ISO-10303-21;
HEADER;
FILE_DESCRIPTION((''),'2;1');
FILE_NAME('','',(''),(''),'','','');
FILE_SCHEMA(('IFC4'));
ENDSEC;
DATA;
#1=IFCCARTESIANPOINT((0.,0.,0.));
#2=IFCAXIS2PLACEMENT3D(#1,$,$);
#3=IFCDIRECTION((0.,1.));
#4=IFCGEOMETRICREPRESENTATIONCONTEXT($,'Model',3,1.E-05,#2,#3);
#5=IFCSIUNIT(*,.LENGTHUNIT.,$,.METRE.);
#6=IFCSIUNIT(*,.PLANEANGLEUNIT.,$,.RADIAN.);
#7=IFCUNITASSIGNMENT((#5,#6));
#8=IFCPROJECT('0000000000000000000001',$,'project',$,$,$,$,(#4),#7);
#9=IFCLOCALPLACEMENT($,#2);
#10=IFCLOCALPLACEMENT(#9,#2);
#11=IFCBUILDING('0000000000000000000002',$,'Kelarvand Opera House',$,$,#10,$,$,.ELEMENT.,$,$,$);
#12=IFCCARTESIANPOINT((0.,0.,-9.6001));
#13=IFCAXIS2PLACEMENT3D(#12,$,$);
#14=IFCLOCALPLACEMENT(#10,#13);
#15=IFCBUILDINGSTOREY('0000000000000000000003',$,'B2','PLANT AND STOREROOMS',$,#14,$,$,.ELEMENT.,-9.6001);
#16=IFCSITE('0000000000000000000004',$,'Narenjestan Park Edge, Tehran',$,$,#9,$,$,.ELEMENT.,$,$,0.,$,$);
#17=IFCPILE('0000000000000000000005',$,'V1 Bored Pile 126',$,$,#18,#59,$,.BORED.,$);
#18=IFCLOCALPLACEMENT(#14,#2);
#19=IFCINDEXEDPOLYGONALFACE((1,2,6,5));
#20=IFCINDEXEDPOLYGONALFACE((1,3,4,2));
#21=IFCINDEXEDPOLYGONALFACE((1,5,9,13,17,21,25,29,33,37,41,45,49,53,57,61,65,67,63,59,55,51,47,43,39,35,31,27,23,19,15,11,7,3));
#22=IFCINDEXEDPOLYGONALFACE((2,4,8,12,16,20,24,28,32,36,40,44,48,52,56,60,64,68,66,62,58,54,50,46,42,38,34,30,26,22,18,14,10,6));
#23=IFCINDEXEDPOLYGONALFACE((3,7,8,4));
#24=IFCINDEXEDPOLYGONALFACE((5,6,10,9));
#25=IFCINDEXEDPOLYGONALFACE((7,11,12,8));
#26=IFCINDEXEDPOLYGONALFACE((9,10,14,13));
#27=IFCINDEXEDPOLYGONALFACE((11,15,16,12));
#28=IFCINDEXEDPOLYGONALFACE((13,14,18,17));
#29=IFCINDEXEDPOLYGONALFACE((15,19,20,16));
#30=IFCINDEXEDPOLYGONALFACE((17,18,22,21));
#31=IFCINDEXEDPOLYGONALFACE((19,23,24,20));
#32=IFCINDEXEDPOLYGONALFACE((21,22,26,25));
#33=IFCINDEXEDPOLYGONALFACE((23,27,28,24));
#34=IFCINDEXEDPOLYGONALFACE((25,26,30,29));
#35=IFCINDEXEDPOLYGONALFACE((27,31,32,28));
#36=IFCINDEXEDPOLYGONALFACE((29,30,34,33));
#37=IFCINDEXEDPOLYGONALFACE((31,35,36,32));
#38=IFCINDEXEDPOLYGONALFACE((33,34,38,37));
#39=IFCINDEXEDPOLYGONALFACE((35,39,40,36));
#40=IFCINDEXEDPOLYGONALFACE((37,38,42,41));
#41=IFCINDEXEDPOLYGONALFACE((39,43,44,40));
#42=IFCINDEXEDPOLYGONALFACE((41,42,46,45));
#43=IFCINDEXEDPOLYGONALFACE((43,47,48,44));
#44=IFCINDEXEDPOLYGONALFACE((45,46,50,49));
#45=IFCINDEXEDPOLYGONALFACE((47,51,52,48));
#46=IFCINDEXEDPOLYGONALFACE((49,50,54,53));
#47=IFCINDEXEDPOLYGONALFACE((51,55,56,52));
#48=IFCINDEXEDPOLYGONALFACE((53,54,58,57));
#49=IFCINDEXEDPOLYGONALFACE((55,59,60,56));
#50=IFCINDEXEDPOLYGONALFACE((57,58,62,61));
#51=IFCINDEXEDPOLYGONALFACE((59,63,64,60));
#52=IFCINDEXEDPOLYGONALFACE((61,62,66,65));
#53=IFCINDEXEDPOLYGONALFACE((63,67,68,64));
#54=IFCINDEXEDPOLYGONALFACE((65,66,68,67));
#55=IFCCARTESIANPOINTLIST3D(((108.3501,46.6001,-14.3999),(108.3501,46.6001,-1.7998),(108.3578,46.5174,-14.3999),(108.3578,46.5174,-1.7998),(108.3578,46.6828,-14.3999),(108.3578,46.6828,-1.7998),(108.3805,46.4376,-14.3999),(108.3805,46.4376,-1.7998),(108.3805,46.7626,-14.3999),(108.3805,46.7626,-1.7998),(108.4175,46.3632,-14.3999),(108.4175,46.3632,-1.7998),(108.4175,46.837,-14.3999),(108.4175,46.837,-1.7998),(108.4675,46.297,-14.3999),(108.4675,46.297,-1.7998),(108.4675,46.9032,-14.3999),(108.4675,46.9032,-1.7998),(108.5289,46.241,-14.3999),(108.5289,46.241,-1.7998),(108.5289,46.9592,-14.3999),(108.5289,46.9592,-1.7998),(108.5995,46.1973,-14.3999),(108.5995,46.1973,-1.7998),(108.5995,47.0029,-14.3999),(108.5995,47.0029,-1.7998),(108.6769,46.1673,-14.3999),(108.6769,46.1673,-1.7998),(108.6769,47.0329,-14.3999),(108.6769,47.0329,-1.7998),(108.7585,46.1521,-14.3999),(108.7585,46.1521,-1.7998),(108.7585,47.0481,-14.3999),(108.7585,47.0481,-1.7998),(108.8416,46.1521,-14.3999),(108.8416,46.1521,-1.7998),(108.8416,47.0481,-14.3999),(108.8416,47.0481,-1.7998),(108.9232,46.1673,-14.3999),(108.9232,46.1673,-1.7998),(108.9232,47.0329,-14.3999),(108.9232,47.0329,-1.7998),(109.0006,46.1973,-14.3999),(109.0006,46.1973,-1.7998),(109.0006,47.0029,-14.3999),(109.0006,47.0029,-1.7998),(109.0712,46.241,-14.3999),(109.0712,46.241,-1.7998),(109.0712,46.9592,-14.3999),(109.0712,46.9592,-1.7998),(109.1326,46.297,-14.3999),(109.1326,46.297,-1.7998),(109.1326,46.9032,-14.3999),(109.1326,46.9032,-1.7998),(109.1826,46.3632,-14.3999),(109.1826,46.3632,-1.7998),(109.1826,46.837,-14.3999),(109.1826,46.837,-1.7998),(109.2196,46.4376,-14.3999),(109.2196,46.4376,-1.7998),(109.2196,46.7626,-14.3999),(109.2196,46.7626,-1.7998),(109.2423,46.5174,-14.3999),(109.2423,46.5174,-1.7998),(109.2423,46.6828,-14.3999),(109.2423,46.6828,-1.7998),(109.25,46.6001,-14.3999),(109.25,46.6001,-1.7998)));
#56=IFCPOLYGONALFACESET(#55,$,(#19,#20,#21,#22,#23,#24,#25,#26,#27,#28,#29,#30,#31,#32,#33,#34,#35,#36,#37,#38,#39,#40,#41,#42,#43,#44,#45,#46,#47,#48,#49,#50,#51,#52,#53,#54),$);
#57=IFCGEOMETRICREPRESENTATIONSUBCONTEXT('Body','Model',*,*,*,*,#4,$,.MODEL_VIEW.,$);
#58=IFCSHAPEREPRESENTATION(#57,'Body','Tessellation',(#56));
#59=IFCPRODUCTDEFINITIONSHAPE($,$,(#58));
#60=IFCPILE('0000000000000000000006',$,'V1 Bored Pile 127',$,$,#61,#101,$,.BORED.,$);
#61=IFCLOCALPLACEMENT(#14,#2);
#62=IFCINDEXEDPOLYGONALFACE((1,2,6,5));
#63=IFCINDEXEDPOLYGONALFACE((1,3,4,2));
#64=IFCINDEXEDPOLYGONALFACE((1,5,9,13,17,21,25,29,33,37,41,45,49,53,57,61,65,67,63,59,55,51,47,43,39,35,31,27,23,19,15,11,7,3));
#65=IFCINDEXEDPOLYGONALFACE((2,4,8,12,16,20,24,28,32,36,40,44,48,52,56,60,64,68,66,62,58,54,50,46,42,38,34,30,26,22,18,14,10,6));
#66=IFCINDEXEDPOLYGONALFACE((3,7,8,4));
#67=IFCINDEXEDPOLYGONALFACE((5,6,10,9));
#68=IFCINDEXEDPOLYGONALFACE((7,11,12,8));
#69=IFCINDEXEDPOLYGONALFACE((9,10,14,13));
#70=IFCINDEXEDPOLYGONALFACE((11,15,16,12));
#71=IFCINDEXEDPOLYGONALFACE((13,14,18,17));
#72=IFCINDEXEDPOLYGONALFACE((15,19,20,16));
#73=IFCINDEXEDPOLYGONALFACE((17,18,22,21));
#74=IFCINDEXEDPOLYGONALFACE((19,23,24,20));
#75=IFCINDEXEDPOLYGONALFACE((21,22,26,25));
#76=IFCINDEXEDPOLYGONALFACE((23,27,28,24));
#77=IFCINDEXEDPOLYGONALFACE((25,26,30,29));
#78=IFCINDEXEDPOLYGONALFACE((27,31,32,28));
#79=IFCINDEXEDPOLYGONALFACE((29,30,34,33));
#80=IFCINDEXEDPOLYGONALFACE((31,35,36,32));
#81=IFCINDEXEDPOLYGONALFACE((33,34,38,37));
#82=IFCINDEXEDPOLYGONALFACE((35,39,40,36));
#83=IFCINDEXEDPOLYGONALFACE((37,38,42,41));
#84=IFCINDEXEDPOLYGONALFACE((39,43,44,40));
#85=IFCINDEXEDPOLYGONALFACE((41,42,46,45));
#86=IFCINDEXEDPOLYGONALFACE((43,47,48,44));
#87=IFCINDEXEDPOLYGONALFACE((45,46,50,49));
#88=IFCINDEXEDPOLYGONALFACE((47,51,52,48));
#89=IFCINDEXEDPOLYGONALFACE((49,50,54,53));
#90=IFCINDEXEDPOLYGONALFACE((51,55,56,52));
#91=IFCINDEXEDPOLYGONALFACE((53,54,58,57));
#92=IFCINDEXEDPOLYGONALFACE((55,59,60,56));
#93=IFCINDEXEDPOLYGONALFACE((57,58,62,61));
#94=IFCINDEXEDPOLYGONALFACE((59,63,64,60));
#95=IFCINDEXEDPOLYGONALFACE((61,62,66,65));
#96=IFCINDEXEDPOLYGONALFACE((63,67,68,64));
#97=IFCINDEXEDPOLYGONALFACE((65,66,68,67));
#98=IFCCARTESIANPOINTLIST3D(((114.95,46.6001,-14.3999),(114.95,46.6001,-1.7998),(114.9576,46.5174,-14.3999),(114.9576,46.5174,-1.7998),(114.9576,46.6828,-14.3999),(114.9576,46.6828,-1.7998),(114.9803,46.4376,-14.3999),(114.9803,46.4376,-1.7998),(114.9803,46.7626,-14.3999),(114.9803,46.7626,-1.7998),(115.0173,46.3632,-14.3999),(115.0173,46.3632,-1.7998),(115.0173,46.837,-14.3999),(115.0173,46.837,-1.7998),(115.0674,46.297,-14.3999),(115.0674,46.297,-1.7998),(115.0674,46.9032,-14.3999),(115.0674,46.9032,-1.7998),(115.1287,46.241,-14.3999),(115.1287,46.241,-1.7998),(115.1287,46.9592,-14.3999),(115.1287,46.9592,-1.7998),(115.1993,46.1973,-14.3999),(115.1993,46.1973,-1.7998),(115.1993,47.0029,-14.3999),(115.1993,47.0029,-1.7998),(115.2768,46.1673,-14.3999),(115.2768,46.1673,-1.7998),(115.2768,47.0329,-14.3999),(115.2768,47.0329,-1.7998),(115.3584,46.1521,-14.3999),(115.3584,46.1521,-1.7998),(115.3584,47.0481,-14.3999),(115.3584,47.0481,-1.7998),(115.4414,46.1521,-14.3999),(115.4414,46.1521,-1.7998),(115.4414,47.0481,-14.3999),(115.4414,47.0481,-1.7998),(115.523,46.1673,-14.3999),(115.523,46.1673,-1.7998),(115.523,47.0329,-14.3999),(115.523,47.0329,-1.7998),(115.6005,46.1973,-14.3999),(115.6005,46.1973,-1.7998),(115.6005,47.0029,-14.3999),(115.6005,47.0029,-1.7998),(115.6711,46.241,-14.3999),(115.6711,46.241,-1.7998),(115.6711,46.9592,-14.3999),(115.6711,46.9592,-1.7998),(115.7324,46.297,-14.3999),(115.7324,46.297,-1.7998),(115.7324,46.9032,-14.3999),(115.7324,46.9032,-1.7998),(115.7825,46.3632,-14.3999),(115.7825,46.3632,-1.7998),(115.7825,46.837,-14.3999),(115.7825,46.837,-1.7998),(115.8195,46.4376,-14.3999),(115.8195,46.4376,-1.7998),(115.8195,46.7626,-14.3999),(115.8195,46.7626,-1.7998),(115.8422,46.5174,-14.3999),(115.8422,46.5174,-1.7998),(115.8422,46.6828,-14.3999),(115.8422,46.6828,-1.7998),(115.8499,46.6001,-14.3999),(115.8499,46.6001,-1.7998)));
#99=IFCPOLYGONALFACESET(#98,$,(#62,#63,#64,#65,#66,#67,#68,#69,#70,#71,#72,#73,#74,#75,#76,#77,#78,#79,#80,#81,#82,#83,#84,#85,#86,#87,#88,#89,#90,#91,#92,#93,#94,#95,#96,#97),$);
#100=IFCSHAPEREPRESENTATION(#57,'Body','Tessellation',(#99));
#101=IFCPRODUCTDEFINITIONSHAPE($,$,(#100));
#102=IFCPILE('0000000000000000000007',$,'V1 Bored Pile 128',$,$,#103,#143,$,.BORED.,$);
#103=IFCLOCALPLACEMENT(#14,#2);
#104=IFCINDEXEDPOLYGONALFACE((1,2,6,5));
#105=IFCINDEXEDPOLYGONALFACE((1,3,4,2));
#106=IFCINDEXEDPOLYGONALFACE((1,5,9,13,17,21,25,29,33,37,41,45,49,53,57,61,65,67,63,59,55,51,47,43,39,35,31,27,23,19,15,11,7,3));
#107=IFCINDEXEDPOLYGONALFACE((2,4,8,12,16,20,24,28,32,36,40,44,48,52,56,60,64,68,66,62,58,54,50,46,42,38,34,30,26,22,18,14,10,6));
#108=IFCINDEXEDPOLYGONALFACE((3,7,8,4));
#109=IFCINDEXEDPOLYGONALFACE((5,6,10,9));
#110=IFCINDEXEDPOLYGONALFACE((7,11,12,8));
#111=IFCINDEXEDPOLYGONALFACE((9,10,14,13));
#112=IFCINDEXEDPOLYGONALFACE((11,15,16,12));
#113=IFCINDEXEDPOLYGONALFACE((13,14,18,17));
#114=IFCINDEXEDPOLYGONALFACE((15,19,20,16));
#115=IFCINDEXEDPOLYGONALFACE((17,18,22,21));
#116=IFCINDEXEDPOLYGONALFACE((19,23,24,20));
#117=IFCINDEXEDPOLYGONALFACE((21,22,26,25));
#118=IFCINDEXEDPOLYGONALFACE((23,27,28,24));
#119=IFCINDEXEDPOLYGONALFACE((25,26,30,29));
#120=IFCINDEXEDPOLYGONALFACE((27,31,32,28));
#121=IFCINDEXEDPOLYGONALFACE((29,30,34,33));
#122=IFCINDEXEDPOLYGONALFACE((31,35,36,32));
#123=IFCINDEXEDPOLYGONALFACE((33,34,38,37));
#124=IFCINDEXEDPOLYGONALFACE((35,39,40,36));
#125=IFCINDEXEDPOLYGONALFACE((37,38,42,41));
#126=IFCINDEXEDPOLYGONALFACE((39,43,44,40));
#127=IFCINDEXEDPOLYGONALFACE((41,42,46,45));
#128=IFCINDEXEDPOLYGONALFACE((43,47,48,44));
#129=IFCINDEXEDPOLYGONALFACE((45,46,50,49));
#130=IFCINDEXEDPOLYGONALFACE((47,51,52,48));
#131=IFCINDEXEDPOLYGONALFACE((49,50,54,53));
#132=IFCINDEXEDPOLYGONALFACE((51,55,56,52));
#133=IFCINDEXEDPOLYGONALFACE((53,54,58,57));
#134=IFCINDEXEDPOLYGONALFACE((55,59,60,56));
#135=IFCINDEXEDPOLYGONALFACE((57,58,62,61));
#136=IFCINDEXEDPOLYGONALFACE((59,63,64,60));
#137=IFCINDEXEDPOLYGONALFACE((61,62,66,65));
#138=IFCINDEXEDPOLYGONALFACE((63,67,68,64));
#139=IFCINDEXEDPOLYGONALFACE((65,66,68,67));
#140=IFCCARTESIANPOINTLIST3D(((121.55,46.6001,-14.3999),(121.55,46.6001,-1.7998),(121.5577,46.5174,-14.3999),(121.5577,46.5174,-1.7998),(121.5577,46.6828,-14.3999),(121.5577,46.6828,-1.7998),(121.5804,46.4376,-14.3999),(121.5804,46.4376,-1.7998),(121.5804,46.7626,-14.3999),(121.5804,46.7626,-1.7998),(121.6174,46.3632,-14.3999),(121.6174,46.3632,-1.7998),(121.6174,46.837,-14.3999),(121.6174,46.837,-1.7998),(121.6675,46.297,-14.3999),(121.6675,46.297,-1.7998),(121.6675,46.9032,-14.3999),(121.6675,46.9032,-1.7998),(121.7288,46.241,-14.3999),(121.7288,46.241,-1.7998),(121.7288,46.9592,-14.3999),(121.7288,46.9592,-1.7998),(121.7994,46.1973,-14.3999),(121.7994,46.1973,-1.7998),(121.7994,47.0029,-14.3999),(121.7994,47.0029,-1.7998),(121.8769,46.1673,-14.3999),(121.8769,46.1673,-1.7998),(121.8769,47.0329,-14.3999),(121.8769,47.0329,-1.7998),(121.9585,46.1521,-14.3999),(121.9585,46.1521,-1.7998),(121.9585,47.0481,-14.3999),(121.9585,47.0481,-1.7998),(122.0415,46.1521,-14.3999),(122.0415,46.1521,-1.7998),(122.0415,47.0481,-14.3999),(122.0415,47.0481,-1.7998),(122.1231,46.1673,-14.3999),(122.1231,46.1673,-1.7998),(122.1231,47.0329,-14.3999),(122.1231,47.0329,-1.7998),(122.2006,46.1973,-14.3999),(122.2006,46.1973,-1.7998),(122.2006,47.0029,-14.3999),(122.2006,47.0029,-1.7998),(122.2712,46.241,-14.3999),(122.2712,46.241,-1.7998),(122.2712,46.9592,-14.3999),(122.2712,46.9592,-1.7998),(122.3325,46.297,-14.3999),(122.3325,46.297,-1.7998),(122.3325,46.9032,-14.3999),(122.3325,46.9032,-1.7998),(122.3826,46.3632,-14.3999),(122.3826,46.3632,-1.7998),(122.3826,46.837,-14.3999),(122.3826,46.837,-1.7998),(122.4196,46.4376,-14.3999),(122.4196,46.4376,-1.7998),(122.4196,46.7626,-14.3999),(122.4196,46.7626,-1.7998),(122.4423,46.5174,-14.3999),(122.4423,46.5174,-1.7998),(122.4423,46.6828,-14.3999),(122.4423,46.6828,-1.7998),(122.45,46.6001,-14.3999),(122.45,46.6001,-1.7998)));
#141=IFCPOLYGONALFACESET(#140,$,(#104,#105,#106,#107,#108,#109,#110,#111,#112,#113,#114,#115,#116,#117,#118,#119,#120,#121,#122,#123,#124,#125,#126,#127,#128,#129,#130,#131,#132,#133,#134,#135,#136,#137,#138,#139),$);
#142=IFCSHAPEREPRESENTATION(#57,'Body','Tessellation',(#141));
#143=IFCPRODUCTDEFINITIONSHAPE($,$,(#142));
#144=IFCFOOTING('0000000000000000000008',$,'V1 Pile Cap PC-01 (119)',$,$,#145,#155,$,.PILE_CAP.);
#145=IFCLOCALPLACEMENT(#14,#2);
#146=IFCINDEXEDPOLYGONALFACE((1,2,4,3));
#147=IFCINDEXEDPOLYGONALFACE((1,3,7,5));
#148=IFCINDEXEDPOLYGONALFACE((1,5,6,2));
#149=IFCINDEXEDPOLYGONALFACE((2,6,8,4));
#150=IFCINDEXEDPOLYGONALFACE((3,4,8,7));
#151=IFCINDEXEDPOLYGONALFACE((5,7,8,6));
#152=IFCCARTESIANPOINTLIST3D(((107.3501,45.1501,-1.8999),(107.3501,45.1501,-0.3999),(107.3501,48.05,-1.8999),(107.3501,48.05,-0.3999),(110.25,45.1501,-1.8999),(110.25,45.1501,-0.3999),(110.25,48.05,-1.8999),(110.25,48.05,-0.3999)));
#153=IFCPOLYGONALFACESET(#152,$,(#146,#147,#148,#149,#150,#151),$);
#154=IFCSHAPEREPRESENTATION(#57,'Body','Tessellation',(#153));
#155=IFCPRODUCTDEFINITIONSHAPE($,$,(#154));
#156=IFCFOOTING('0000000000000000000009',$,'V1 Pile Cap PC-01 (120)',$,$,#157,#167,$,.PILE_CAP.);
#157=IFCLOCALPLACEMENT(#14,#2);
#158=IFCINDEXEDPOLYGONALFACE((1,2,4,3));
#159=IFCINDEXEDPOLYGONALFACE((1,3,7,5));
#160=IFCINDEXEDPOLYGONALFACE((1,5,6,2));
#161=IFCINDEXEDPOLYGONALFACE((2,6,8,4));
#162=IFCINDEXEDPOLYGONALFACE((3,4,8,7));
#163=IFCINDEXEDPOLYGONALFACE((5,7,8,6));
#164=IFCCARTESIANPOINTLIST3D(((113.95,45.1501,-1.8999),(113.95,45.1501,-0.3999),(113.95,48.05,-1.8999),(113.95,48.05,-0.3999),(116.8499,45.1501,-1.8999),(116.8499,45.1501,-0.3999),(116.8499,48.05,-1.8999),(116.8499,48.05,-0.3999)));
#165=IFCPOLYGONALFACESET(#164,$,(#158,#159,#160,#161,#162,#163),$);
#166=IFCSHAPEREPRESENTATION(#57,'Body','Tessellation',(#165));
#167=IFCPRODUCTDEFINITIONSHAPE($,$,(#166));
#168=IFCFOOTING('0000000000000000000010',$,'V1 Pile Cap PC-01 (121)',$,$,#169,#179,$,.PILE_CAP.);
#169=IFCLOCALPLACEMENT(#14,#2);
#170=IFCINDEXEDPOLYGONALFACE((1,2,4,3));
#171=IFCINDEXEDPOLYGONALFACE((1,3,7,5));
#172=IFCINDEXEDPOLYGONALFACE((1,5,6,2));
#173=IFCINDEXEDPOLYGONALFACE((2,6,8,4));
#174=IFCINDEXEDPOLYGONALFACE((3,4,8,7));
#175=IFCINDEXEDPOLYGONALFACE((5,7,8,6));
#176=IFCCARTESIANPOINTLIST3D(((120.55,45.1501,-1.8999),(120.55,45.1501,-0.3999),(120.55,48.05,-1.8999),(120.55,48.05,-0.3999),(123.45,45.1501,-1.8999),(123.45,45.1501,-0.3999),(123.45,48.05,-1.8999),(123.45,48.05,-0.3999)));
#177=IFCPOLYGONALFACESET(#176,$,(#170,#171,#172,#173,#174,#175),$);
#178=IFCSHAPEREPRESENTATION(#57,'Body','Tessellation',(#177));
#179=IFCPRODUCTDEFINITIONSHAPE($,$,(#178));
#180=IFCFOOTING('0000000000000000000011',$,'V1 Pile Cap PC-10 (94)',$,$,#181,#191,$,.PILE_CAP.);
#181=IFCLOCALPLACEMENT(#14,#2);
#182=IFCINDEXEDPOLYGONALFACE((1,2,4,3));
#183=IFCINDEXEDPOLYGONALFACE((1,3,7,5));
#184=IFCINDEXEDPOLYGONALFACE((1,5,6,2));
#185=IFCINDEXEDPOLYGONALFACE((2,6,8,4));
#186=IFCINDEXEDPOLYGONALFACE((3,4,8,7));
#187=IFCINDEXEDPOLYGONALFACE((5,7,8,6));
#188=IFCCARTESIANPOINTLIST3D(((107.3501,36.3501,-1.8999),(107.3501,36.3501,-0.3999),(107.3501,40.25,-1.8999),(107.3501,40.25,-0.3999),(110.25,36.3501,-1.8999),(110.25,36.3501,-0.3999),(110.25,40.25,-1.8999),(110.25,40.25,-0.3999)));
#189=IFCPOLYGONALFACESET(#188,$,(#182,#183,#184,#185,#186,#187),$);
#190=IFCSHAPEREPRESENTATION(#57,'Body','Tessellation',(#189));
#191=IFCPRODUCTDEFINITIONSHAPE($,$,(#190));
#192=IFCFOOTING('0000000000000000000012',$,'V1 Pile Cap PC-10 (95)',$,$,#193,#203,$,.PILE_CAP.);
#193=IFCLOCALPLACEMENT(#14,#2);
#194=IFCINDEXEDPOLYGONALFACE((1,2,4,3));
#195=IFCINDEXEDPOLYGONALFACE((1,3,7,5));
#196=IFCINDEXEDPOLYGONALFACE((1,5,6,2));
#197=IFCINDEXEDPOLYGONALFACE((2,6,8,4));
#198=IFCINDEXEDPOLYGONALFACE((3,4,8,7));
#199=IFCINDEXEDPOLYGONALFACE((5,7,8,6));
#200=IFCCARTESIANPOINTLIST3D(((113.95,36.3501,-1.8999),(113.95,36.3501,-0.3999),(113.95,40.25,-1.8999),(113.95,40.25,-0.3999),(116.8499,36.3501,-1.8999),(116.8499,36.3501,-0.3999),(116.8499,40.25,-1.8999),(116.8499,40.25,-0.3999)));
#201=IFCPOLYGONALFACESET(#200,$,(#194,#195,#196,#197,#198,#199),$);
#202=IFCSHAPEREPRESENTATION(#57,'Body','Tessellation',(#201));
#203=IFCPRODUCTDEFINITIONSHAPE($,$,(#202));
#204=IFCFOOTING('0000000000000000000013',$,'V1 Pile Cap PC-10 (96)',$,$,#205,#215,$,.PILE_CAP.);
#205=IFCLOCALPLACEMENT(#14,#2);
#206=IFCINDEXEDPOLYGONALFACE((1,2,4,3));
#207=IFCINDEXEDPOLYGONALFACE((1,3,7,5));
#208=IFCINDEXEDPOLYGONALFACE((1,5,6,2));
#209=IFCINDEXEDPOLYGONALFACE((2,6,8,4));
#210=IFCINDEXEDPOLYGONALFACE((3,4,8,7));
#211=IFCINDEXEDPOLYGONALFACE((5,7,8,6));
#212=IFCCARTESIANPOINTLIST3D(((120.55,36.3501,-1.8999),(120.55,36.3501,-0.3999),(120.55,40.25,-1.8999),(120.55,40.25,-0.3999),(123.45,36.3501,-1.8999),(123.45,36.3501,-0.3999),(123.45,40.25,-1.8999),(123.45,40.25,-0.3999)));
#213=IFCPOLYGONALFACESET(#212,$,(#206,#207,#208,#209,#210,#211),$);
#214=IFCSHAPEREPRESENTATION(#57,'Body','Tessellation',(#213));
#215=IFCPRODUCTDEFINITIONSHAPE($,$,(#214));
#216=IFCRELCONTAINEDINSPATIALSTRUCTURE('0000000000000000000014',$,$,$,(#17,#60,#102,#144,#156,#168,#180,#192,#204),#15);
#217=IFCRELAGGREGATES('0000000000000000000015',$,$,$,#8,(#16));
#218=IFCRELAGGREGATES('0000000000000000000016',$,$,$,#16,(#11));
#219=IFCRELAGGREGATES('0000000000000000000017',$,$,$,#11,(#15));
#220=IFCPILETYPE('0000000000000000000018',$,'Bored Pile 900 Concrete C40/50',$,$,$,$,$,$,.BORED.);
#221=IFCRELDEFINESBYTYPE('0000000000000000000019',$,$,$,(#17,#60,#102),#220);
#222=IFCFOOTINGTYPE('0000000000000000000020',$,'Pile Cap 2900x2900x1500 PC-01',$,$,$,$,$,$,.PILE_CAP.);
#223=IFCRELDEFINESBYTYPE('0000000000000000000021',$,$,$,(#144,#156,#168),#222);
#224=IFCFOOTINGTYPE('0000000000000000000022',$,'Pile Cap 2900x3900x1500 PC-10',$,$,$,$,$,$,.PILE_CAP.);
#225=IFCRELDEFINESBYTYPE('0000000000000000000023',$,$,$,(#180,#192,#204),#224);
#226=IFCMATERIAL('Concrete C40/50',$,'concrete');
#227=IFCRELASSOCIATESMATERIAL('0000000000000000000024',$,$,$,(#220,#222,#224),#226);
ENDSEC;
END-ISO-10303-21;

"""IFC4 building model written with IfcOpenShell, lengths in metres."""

from ifc_helpers import new_model, si_unit, direction, frame, origin, origin_2d, place, context, subcontext, project, spatial, rectangle, circle, extrude, material, material_profile, profile_set, type_object, element, save


model = new_model("IFC4")

# Units and contexts
model_context = context("Model", 3, precision=1e-05, world=origin(), true_north=direction((0.0, 1.0)))
body_context = subcontext(model_context, "Body", "Model", "MODEL_VIEW")
ifc_project = project(units=[si_unit("LENGTHUNIT", "METRE"), si_unit("PLANEANGLEUNIT", "RADIAN")], contexts=[model_context])

# Site, building, storey
site_placement = place(None, origin())
site = spatial("IfcSite", under=ifc_project, at=site_placement, Name="Narenjestan Park Edge, Tehran", CompositionType="ELEMENT", RefElevation=0.0)
building_placement = place(site_placement, origin())
building = spatial("IfcBuilding", under=site, at=building_placement, Name="Kelarvand Opera House", CompositionType="ELEMENT")
storey_placement = place(building_placement, frame((0.0, 0.0, -9.6001)))
storey = spatial("IfcBuildingStorey", under=building, at=storey_placement, Name="B2", Description="PLANT AND STOREROOMS", CompositionType="ELEMENT", Elevation=-9.6001)

# Piles
ifc_material_1 = material(Name="Concrete C40/50", Category="concrete")
ifc_material_profile_1 = material_profile(ifc_material_1, circle(Radius=0.45, at=origin_2d()), Name="BP 900", Category="concrete")
ifc_profile_set_1 = profile_set([ifc_material_profile_1], Name="Concrete C40/50")
pile_type = type_object("IfcPileType", Name="Bored Pile 900 Concrete C40/50", PredefinedType="BORED", material=ifc_profile_set_1)
for number, where, z_axis, x_axis, name in (
    (1, (108.8, 46.6001, -1.7998), (0.0, 0.0, -1.0), (1.0, 0.0, 0.0), "V1 Bored Pile 126"),
    (2, (115.3999, 46.6001, -1.7998), (0.0, 0.0, -1.0), (1.0, 0.0, 0.0), "V1 Bored Pile 127"),
    (3, (122.0, 46.6001, -1.7998), (0.0, 0.0, -1.0), (1.0, 0.0, 0.0), "V1 Bored Pile 128"),
):
    element("IfcPile", number, at=place(storey_placement, frame(where, z_axis=z_axis, x_axis=x_axis)), inside=storey, type_object=pile_type, Name=name, PredefinedType="BORED", context=body_context, shape_type="SweptSolid", body=[
        extrude(circle(Radius=0.45, at=origin_2d()), origin(), (0.0, 0.0, 1.0), 12.6001),
    ])

# Footings
footing_type_1 = type_object("IfcFootingType", Name="Pile Cap 2900x2900x1500 PC-01", PredefinedType="PILE_CAP", material=ifc_material_1)
for number, where, z_axis, x_axis, name in (
    (4, (108.8, 46.6001, -1.8999), (0.0, 0.0, 1.0), (1.0, 0.0, 0.0), "V1 Pile Cap PC-01 (119)"),
    (5, (115.3999, 46.6001, -1.8999), (0.0, 0.0, 1.0), (1.0, 0.0, 0.0), "V1 Pile Cap PC-01 (120)"),
    (6, (122.0, 46.6001, -1.8999), (0.0, 0.0, 1.0), (1.0, 0.0, 0.0), "V1 Pile Cap PC-01 (121)"),
):
    element("IfcFooting", number, at=place(storey_placement, frame(where, z_axis=z_axis, x_axis=x_axis)), inside=storey, type_object=footing_type_1, Name=name, PredefinedType="PILE_CAP", context=body_context, shape_type="SweptSolid", body=[
        extrude(rectangle(XDim=2.8999, YDim=2.8999, at=origin_2d()), origin(), (0.0, 0.0, 1.0), 1.5),
    ])
footing_type_2 = type_object("IfcFootingType", Name="Pile Cap 2900x3900x1500 PC-10", PredefinedType="PILE_CAP", material=ifc_material_1)
for number, where, z_axis, x_axis, name in (
    (7, (108.8, 38.3, -1.8999), (0.0, 0.0, 1.0), (1.0, 0.0, 0.0), "V1 Pile Cap PC-10 (94)"),
    (8, (115.3999, 38.3, -1.8999), (0.0, 0.0, 1.0), (1.0, 0.0, 0.0), "V1 Pile Cap PC-10 (95)"),
    (9, (122.0, 38.3, -1.8999), (0.0, 0.0, 1.0), (1.0, 0.0, 0.0), "V1 Pile Cap PC-10 (96)"),
):
    element("IfcFooting", number, at=place(storey_placement, frame(where, z_axis=z_axis, x_axis=x_axis)), inside=storey, type_object=footing_type_2, Name=name, PredefinedType="PILE_CAP", context=body_context, shape_type="SweptSolid", body=[
        extrude(rectangle(XDim=2.8999, YDim=3.8999, at=origin_2d()), origin(), (0.0, 0.0, 1.0), 1.5),
    ])

save(model, "model.ifc")
